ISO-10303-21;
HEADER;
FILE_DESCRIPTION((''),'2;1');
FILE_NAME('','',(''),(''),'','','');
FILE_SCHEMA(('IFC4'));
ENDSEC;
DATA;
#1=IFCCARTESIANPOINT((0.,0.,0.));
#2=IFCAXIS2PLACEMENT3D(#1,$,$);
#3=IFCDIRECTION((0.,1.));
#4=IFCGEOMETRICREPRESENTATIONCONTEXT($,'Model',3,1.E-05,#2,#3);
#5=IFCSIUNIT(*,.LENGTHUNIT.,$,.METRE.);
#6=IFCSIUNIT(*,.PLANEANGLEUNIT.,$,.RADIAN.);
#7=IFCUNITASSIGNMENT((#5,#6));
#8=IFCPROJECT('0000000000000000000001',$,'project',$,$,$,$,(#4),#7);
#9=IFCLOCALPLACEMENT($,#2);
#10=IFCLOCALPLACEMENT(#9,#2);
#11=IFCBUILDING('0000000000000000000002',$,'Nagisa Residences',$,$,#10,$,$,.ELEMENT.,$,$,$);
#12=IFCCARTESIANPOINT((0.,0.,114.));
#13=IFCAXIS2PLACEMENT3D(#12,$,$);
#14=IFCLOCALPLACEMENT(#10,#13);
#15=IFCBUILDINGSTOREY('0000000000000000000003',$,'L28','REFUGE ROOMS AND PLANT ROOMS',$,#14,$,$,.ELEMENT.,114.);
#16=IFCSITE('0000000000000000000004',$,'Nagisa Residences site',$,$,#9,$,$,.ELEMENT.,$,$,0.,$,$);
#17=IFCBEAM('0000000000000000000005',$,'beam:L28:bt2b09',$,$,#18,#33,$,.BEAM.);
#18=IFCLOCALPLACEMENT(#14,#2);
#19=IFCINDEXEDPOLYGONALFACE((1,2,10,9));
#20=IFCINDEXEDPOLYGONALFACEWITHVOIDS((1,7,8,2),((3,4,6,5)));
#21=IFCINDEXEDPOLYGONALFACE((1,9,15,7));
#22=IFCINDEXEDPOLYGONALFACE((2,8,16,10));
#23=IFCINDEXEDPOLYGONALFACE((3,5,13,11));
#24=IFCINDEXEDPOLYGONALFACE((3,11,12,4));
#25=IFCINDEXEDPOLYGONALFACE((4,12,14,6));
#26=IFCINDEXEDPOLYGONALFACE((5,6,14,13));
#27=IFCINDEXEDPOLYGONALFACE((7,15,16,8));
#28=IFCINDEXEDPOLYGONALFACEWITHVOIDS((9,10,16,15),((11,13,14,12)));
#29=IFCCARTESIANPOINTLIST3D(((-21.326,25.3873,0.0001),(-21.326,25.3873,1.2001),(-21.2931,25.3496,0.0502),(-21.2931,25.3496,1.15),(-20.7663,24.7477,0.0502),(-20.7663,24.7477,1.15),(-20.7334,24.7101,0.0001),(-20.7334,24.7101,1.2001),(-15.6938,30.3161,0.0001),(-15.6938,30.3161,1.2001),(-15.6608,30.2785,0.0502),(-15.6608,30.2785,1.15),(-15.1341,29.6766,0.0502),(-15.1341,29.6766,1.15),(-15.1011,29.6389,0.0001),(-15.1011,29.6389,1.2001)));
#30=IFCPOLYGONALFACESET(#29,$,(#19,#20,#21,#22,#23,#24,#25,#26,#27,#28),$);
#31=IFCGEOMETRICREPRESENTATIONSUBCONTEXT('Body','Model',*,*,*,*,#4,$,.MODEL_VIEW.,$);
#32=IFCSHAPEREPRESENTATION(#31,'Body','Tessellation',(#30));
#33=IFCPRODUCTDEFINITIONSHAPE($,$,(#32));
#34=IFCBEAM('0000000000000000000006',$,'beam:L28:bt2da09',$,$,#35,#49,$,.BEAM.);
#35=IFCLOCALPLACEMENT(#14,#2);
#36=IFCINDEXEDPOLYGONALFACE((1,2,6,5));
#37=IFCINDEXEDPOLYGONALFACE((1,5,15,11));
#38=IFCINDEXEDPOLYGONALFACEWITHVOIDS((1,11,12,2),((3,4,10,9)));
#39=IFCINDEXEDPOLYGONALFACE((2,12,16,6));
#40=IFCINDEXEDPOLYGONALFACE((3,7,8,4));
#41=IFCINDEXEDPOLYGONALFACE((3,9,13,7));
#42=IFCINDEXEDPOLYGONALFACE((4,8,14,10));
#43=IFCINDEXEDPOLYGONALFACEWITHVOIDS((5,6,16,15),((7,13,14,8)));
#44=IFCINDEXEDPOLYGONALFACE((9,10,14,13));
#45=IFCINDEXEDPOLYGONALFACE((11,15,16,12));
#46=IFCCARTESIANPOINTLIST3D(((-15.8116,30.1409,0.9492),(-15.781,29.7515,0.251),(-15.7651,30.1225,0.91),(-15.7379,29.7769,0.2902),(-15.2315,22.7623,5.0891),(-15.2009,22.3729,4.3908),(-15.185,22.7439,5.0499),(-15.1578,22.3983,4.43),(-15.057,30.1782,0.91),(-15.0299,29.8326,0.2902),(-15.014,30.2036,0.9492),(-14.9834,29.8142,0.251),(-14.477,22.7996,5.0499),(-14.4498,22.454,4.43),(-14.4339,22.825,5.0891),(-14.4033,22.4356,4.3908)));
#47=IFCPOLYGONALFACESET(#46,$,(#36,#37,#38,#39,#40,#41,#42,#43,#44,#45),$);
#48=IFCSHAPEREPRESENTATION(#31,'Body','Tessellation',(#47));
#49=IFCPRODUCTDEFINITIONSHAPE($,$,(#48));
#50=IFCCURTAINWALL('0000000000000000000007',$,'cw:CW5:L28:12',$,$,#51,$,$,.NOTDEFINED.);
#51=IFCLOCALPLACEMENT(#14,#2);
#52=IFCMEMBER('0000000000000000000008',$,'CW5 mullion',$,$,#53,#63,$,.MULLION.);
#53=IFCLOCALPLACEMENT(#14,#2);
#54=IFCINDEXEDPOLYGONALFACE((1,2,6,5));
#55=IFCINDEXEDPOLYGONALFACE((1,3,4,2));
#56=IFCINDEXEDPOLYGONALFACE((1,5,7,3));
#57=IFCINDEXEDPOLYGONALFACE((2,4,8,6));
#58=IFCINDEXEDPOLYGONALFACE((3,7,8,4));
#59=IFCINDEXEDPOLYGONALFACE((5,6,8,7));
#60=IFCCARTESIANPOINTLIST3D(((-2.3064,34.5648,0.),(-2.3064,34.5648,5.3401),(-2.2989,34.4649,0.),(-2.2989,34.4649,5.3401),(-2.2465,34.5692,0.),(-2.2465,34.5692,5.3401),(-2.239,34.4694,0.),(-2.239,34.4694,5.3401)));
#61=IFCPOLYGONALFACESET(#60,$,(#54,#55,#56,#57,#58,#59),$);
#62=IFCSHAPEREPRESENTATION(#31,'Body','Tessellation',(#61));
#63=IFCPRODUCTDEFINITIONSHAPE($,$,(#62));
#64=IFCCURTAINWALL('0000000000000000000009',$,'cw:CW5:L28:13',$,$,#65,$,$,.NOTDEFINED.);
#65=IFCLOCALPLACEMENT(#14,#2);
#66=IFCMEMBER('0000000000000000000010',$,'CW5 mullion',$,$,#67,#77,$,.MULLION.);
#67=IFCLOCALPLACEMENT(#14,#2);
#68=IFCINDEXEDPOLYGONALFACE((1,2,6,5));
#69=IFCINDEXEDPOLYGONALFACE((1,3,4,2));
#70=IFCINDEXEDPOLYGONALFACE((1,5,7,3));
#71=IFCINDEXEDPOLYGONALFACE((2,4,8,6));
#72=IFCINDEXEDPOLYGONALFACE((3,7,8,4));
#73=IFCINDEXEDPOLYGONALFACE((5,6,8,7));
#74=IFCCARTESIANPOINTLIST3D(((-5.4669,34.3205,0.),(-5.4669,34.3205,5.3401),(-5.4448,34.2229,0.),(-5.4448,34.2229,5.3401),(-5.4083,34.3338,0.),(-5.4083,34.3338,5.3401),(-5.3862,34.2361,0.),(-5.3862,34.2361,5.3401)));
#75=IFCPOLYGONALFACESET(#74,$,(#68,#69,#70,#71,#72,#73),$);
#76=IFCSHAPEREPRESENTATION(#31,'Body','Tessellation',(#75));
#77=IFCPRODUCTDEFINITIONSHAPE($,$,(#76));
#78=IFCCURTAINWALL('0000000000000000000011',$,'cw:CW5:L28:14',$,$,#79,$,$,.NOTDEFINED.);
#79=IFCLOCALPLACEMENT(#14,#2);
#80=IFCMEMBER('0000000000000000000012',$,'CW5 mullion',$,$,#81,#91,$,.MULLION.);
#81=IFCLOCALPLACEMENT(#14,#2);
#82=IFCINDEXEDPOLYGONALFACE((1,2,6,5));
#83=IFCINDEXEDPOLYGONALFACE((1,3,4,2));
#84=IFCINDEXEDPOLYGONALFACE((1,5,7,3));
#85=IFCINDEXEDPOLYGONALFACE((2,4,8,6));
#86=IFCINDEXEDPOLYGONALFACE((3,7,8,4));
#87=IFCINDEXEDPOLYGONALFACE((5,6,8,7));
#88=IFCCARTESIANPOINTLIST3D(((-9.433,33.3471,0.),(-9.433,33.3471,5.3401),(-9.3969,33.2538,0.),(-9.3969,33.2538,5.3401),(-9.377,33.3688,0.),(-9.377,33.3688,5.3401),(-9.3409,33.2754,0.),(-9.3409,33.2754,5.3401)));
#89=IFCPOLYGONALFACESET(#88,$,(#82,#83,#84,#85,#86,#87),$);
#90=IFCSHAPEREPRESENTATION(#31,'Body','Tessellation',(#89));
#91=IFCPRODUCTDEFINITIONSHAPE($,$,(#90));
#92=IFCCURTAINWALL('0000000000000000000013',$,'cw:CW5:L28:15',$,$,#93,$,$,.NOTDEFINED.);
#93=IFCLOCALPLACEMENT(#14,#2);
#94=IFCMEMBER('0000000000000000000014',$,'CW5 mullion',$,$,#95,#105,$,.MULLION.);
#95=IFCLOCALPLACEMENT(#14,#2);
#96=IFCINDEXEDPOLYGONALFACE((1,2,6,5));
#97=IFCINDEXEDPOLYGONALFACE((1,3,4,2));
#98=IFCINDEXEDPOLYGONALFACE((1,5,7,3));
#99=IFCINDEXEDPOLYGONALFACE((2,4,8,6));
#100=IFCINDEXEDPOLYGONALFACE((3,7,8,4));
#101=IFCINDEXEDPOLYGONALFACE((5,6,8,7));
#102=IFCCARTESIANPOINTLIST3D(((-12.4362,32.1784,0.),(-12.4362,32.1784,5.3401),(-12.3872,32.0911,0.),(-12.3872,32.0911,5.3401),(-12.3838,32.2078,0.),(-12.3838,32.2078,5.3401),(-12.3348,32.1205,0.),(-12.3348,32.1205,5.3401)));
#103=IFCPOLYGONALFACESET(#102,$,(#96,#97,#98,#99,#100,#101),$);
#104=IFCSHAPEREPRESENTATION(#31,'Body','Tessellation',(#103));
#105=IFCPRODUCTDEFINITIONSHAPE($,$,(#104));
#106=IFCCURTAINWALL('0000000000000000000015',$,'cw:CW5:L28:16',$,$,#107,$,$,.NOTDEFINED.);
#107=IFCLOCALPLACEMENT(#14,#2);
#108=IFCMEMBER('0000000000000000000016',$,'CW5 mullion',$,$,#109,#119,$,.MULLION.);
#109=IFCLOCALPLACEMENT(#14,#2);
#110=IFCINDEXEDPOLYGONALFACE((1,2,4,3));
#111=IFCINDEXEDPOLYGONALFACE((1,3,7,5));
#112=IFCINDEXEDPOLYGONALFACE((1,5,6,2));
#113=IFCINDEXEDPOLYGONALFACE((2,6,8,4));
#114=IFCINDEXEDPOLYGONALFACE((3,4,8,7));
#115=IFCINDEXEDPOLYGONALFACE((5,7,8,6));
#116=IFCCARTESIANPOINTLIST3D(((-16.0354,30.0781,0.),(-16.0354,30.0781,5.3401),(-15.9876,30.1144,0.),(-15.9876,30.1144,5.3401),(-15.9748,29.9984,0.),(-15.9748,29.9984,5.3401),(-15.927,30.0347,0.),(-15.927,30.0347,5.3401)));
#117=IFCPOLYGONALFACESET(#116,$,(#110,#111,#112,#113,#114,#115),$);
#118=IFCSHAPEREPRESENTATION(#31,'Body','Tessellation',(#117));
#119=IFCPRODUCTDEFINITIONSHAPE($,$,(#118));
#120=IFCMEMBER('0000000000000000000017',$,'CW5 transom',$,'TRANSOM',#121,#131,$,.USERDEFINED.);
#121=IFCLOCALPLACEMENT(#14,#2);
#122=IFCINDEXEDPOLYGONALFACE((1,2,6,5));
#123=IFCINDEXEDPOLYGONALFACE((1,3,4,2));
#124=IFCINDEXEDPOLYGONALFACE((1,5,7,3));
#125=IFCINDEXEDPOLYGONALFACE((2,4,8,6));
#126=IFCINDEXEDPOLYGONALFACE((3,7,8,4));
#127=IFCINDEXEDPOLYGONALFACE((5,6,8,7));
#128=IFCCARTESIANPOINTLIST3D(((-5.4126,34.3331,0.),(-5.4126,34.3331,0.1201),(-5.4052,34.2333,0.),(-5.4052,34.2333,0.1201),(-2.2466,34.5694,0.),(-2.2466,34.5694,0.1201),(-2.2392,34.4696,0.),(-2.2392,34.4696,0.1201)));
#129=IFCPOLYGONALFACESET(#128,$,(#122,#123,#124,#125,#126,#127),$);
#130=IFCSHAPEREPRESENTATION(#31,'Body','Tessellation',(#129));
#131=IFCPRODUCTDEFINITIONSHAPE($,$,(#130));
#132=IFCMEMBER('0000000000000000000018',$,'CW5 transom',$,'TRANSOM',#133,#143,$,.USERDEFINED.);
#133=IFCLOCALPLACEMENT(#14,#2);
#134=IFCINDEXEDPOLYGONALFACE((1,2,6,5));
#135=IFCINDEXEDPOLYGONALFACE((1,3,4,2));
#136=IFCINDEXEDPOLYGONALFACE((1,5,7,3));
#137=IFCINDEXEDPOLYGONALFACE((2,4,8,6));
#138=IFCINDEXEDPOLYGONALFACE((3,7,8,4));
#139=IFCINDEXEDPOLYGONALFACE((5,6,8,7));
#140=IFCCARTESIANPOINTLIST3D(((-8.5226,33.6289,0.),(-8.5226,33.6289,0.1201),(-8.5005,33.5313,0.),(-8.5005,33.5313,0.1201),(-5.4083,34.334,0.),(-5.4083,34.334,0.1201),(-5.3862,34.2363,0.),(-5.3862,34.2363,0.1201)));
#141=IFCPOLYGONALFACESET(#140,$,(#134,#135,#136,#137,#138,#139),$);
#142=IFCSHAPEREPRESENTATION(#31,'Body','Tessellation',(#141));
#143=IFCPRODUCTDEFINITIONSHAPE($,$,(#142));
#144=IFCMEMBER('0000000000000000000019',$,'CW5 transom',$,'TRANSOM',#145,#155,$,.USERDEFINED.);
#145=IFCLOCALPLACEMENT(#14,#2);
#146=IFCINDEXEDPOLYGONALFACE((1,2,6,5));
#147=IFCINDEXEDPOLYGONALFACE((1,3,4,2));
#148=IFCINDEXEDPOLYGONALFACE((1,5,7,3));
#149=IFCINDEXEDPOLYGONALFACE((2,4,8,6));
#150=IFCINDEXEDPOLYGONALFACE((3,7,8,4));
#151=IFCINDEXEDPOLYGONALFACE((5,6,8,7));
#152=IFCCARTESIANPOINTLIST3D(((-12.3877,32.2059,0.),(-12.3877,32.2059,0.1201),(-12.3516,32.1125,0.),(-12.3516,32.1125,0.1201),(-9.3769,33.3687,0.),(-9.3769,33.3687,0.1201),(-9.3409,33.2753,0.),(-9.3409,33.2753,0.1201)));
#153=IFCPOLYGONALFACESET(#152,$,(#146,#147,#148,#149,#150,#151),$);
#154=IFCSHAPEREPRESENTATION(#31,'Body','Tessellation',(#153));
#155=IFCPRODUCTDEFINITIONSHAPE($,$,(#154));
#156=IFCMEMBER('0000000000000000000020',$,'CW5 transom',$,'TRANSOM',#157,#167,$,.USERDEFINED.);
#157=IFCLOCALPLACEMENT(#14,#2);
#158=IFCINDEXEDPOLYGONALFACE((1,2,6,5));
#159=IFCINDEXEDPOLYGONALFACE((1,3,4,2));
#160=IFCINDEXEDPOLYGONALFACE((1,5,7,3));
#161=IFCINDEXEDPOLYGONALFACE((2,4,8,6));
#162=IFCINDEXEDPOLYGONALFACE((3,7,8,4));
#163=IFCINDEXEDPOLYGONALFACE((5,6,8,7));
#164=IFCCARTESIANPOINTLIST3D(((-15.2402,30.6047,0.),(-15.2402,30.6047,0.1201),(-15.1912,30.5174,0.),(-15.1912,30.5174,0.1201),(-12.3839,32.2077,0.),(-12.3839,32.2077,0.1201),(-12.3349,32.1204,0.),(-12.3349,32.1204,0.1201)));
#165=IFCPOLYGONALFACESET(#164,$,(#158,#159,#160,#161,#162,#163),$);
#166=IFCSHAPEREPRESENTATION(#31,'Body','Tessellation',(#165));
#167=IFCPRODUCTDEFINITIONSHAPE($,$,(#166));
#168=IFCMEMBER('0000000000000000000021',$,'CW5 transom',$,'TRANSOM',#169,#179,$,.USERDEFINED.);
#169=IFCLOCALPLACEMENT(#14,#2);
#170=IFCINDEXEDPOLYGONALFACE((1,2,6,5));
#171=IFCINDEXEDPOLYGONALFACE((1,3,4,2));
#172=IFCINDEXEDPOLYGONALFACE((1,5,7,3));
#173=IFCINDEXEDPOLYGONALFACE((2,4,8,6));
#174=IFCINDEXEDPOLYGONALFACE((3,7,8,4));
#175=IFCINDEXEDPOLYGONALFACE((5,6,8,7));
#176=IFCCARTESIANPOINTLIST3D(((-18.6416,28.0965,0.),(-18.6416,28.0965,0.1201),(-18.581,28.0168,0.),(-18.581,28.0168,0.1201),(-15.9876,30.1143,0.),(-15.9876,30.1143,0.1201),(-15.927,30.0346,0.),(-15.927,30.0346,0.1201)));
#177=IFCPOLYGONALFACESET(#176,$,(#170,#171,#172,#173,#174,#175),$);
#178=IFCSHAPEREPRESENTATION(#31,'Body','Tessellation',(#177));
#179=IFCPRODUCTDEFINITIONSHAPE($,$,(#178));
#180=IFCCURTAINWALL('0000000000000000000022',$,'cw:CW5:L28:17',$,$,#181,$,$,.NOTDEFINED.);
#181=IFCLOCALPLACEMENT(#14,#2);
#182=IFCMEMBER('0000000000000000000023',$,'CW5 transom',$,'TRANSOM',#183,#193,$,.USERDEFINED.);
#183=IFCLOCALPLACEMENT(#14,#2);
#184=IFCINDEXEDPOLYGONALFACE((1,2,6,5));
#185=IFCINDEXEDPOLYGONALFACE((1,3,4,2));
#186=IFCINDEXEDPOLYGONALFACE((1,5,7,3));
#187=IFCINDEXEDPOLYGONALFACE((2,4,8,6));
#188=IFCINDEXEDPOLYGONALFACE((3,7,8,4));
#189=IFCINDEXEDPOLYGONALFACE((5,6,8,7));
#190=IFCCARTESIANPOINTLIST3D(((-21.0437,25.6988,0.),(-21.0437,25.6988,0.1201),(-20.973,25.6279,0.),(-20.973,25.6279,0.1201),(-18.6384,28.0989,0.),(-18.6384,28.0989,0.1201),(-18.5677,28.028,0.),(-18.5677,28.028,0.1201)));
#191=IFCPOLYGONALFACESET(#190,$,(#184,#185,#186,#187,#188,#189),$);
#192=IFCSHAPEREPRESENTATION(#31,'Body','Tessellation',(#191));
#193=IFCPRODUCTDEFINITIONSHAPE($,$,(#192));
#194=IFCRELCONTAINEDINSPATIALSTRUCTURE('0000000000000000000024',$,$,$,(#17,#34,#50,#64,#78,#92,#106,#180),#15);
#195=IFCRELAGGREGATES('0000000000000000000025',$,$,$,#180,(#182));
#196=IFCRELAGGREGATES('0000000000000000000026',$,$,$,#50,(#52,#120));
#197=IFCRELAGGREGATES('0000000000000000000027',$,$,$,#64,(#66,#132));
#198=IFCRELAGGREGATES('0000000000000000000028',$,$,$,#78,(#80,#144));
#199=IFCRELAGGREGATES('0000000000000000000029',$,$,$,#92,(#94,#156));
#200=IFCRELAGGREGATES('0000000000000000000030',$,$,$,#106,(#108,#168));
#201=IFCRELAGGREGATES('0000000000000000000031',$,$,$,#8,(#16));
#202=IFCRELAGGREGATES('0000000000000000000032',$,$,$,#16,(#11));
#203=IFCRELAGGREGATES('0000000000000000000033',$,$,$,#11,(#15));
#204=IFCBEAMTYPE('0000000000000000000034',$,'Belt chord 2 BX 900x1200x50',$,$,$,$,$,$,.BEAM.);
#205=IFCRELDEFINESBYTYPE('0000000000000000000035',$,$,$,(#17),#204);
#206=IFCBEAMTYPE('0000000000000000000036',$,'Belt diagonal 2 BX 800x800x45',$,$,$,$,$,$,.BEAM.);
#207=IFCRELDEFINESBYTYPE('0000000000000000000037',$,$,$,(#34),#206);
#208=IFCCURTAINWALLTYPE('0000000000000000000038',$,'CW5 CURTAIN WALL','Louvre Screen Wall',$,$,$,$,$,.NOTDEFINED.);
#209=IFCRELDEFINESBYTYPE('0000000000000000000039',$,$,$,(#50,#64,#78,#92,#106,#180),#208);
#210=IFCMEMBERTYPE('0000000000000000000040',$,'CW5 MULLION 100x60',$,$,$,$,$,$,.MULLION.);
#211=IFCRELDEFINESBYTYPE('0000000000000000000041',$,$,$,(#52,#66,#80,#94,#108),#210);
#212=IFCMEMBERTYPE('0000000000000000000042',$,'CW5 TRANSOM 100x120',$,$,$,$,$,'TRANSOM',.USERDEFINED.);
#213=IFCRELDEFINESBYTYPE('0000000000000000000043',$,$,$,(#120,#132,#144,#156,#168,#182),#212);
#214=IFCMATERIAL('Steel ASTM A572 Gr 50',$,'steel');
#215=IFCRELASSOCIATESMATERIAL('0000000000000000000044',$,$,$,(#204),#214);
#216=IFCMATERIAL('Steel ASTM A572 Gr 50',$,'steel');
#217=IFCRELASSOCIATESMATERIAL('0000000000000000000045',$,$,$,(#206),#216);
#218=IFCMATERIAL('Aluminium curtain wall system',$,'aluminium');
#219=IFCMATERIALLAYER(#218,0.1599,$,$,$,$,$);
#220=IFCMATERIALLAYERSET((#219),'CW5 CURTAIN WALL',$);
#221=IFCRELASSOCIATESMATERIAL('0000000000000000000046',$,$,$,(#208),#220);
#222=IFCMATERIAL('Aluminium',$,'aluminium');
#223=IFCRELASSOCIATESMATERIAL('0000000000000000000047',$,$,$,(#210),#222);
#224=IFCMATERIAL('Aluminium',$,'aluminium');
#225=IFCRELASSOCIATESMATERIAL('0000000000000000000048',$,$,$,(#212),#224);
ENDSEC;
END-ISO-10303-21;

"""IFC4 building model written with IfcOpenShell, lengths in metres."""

from ifc_helpers import new_model, si_unit, direction, frame, origin, origin_2d, place, context, subcontext, project, spatial, rectangle, hollow_rectangle, extrude, material, layer, layer_set, material_profile, profile_set, type_object, element, aggregate, save


model = new_model("IFC4")

# Units and contexts
model_context = context("Model", 3, precision=1e-05, world=origin(), true_north=direction((0.0, 1.0)))
body_context = subcontext(model_context, "Body", "Model", "MODEL_VIEW")
ifc_project = project(units=[si_unit("LENGTHUNIT", "METRE"), si_unit("PLANEANGLEUNIT", "RADIAN")], contexts=[model_context])

# Site, building, storey
site_placement = place(None, origin())
site = spatial("IfcSite", under=ifc_project, at=site_placement, Name="Nagisa Residences site", CompositionType="ELEMENT", RefElevation=0.0)
building_placement = place(site_placement, origin())
building = spatial("IfcBuilding", under=site, at=building_placement, Name="Nagisa Residences", CompositionType="ELEMENT")
storey_placement = place(building_placement, frame((0.0, 0.0, 114.0)))
storey = spatial("IfcBuildingStorey", under=building, at=storey_placement, Name="L28", Description="REFUGE ROOMS AND PLANT ROOMS", CompositionType="ELEMENT", Elevation=114.0)

# Beams
ifc_material_1 = material(Name="Steel ASTM A572 Gr 50", Category="steel")
ifc_material_profile_1 = material_profile(ifc_material_1, hollow_rectangle(XDim=0.8999, YDim=1.2, WallThickness=0.05, at=origin_2d()), Name="BX 900x1200x50")
ifc_profile_set_1 = profile_set([ifc_material_profile_1], Name="Steel ASTM A572 Gr 50")
beam_type_1 = type_object("IfcBeamType", Name="Belt chord 2 BX 900x1200x50", PredefinedType="BEAM", material=ifc_profile_set_1)
beam_1_placement = place(storey_placement, frame((-15.3975, 29.9775, 0.6001), z_axis=(-0.752532, -0.658555, 0.0), x_axis=(0.658555, -0.752532, 0.0)))
element("IfcBeam", 1, at=beam_1_placement, inside=storey, type_object=beam_type_1, Name="beam:L28:bt2b09", PredefinedType="BEAM", context=body_context, shape_type="SweptSolid", body=[
    extrude(hollow_rectangle(XDim=0.8999, YDim=1.2, WallThickness=0.05, at=origin_2d()), origin(), (0.0, 0.0, 1.0), 7.4844),
])
ifc_material_2 = material(Name="Steel ASTM A572 Gr 50", Category="steel")
ifc_material_profile_2 = material_profile(ifc_material_2, hollow_rectangle(XDim=0.8, YDim=0.8, WallThickness=0.0449, at=origin_2d()), Name="BX 800x800x45")
ifc_profile_set_2 = profile_set([ifc_material_profile_2], Name="Steel ASTM A572 Gr 50")
beam_type_2 = type_object("IfcBeamType", Name="Belt diagonal 2 BX 800x800x45", PredefinedType="BEAM", material=ifc_profile_set_2)
beam_2_placement = place(storey_placement, frame((-15.3975, 29.9775, 0.6001), z_axis=(0.068401, -0.870068, 0.488163), x_axis=(0.996924, 0.078374, 0.0)))
element("IfcBeam", 2, at=beam_2_placement, inside=storey, type_object=beam_type_2, Name="beam:L28:bt2da09", PredefinedType="BEAM", context=body_context, shape_type="SweptSolid", body=[
    extrude(hollow_rectangle(XDim=0.8, YDim=0.8, WallThickness=0.0449, at=origin_2d()), origin(), (0.0, 0.0, 1.0), 8.4805),
])

# Curtain walls, members
ifc_material_3 = material(Name="Aluminium curtain wall system", Category="aluminium")
ifc_layer_1 = layer(ifc_material_3, 0.1599)
ifc_layer_set_1 = layer_set([ifc_layer_1], Name="CW5 CURTAIN WALL")
curtain_wall_type = type_object("IfcCurtainWallType", Name="CW5 CURTAIN WALL", Description="Louvre Screen Wall", PredefinedType="NOTDEFINED", material=ifc_layer_set_1)
curtain_wall_1_placement = place(storey_placement, origin())
curtain_wall_1 = element("IfcCurtainWall", 3, at=curtain_wall_1_placement, inside=storey, type_object=curtain_wall_type, Name="cw:CW5:L28:12", PredefinedType="NOTDEFINED")
ifc_material_4 = material(Name="Aluminium", Category="aluminium")
ifc_material_profile_3 = material_profile(ifc_material_4, rectangle(XDim=0.1001, YDim=0.0601, at=origin_2d()), Name="CW5 MULLION 100x60")
ifc_profile_set_3 = profile_set([ifc_material_profile_3], Name="Aluminium")
member_type_1 = type_object("IfcMemberType", Name="CW5 MULLION 100x60", PredefinedType="MULLION", material=ifc_profile_set_3)
member_1_placement = place(storey_placement, frame((-2.2727, 34.5171, 0.0), z_axis=(0.0, 0.0, 1.0), x_axis=(0.074377, -0.99723, 0.0)))
member_1 = element("IfcMember", 4, at=member_1_placement, type_object=member_type_1, Name="CW5 mullion", PredefinedType="MULLION", context=body_context, shape_type="SweptSolid", body=[
    extrude(rectangle(XDim=0.1001, YDim=0.0601, at=origin_2d()), origin(), (0.0, 0.0, 1.0), 5.3401),
])
curtain_wall_2_placement = place(storey_placement, origin())
curtain_wall_2 = element("IfcCurtainWall", 5, at=curtain_wall_2_placement, inside=storey, type_object=curtain_wall_type, Name="cw:CW5:L28:13", PredefinedType="NOTDEFINED")
member_2_placement = place(storey_placement, frame((-5.4265, 34.2783, 0.0), z_axis=(0.0, 0.0, 1.0), x_axis=(0.220764, -0.975327, 0.0)))
member_2 = element("IfcMember", 6, at=member_2_placement, type_object=member_type_1, Name="CW5 mullion", PredefinedType="MULLION", context=body_context, shape_type="SweptSolid", body=[
    extrude(rectangle(XDim=0.1001, YDim=0.0601, at=origin_2d()), origin(), (0.0, 0.0, 1.0), 5.3401),
])
curtain_wall_3_placement = place(storey_placement, origin())
curtain_wall_3 = element("IfcCurtainWall", 7, at=curtain_wall_3_placement, inside=storey, type_object=curtain_wall_type, Name="cw:CW5:L28:14", PredefinedType="NOTDEFINED")
member_3_placement = place(storey_placement, frame((-9.387, 33.3113, 0.0), z_axis=(0.0, 0.0, 1.0), x_axis=(0.360328, -0.932826, 0.0)))
member_3 = element("IfcMember", 8, at=member_3_placement, type_object=member_type_1, Name="CW5 mullion", PredefinedType="MULLION", context=body_context, shape_type="SweptSolid", body=[
    extrude(rectangle(XDim=0.1001, YDim=0.0601, at=origin_2d()), origin(), (0.0, 0.0, 1.0), 5.3401),
])
curtain_wall_4_placement = place(storey_placement, origin())
curtain_wall_4 = element("IfcCurtainWall", 9, at=curtain_wall_4_placement, inside=storey, type_object=curtain_wall_type, Name="cw:CW5:L28:15", PredefinedType="NOTDEFINED")
member_4_placement = place(storey_placement, frame((-12.3855, 32.1494, 0.0), z_axis=(0.0, 0.0, 1.0), x_axis=(0.489377, -0.872072, 0.0)))
member_4 = element("IfcMember", 10, at=member_4_placement, type_object=member_type_1, Name="CW5 mullion", PredefinedType="MULLION", context=body_context, shape_type="SweptSolid", body=[
    extrude(rectangle(XDim=0.1001, YDim=0.0601, at=origin_2d()), origin(), (0.0, 0.0, 1.0), 5.3401),
])
curtain_wall_5_placement = place(storey_placement, origin())
curtain_wall_5 = element("IfcCurtainWall", 11, at=curtain_wall_5_placement, inside=storey, type_object=curtain_wall_type, Name="cw:CW5:L28:16", PredefinedType="NOTDEFINED")
member_5_placement = place(storey_placement, frame((-15.9812, 30.0564, 0.0), z_axis=(0.0, 0.0, 1.0), x_axis=(0.605255, -0.796031, 0.0)))
member_5 = element("IfcMember", 12, at=member_5_placement, type_object=member_type_1, Name="CW5 mullion", PredefinedType="MULLION", context=body_context, shape_type="SweptSolid", body=[
    extrude(rectangle(XDim=0.1001, YDim=0.0601, at=origin_2d()), origin(), (0.0, 0.0, 1.0), 5.3401),
])

# Members
ifc_material_5 = material(Name="Aluminium", Category="aluminium")
ifc_material_profile_4 = material_profile(ifc_material_5, rectangle(XDim=0.1001, YDim=0.1201, at=origin_2d()), Name="CW5 TRANSOM 100x120")
ifc_profile_set_4 = profile_set([ifc_material_profile_4], Name="Aluminium")
member_type_2 = type_object("IfcMemberType", Name="CW5 TRANSOM 100x120", ElementType="TRANSOM", PredefinedType="USERDEFINED", material=ifc_profile_set_4)
member_6_placement = place(storey_placement, frame((-2.2429, 34.5195, 0.0601), z_axis=(-0.997226, -0.074438, 0.0), x_axis=(0.074438, -0.997226, 0.0)))
member_6 = element("IfcMember", 13, at=member_6_placement, type_object=member_type_2, Name="CW5 transom", ObjectType="TRANSOM", PredefinedType="USERDEFINED", context=body_context, shape_type="SweptSolid", body=[
    extrude(rectangle(XDim=0.1001, YDim=0.1201, at=origin_2d()), origin(), (0.0, 0.0, 1.0), 3.1748),
])
member_7_placement = place(storey_placement, frame((-5.3972, 34.2852, 0.0601), z_axis=(-0.975316, -0.220815, 0.0), x_axis=(0.220815, -0.975316, 0.0)))
member_7 = element("IfcMember", 14, at=member_7_placement, type_object=member_type_2, Name="CW5 transom", ObjectType="TRANSOM", PredefinedType="USERDEFINED", context=body_context, shape_type="SweptSolid", body=[
    extrude(rectangle(XDim=0.1001, YDim=0.1201, at=origin_2d()), origin(), (0.0, 0.0, 1.0), 3.1931),
])
member_8_placement = place(storey_placement, frame((-9.3589, 33.322, 0.0601), z_axis=(-0.93284, -0.360292, 0.0), x_axis=(0.360292, -0.93284, 0.0)))
member_8 = element("IfcMember", 15, at=member_8_placement, type_object=member_type_2, Name="CW5 transom", ObjectType="TRANSOM", PredefinedType="USERDEFINED", context=body_context, shape_type="SweptSolid", body=[
    extrude(rectangle(XDim=0.1001, YDim=0.1201, at=origin_2d()), origin(), (0.0, 0.0, 1.0), 3.2275),
])
member_9_placement = place(storey_placement, frame((-12.3594, 32.1641, 0.0601), z_axis=(-0.872061, -0.489398, 0.0), x_axis=(0.489398, -0.872061, 0.0)))
member_9 = element("IfcMember", 16, at=member_9_placement, type_object=member_type_2, Name="CW5 transom", ObjectType="TRANSOM", PredefinedType="USERDEFINED", context=body_context, shape_type="SweptSolid", body=[
    extrude(rectangle(XDim=0.1001, YDim=0.1201, at=origin_2d()), origin(), (0.0, 0.0, 1.0), 3.2754),
])
member_10_placement = place(storey_placement, frame((-15.9573, 30.0745, 0.0601), z_axis=(-0.796055, -0.605224, 0.0), x_axis=(0.605224, -0.796055, 0.0)))
member_10 = element("IfcMember", 17, at=member_10_placement, type_object=member_type_2, Name="CW5 transom", ObjectType="TRANSOM", PredefinedType="USERDEFINED", context=body_context, shape_type="SweptSolid", body=[
    extrude(rectangle(XDim=0.1001, YDim=0.1201, at=origin_2d()), origin(), (0.0, 0.0, 1.0), 3.334),
])

# Curtain wall, member
curtain_wall_6_placement = place(storey_placement, origin())
curtain_wall_6 = element("IfcCurtainWall", 18, at=curtain_wall_6_placement, inside=storey, type_object=curtain_wall_type, Name="cw:CW5:L28:17", PredefinedType="NOTDEFINED")
member_11_placement = place(storey_placement, frame((-18.603, 28.0635, 0.0601), z_axis=(-0.707861, -0.706352, 0.0), x_axis=(0.706352, -0.707861, 0.0)))
member_11 = element("IfcMember", 19, at=member_11_placement, type_object=member_type_2, Name="CW5 transom", ObjectType="TRANSOM", PredefinedType="USERDEFINED", context=body_context, shape_type="SweptSolid", body=[
    extrude(rectangle(XDim=0.1001, YDim=0.1201, at=origin_2d()), origin(), (0.0, 0.0, 1.0), 3.3979),
])
aggregate(curtain_wall_6, [member_11])

aggregate(curtain_wall_1, [member_1, member_6])
aggregate(curtain_wall_2, [member_2, member_7])
aggregate(curtain_wall_3, [member_3, member_8])
aggregate(curtain_wall_4, [member_4, member_9])
aggregate(curtain_wall_5, [member_5, member_10])

save(model, "model.ifc")
